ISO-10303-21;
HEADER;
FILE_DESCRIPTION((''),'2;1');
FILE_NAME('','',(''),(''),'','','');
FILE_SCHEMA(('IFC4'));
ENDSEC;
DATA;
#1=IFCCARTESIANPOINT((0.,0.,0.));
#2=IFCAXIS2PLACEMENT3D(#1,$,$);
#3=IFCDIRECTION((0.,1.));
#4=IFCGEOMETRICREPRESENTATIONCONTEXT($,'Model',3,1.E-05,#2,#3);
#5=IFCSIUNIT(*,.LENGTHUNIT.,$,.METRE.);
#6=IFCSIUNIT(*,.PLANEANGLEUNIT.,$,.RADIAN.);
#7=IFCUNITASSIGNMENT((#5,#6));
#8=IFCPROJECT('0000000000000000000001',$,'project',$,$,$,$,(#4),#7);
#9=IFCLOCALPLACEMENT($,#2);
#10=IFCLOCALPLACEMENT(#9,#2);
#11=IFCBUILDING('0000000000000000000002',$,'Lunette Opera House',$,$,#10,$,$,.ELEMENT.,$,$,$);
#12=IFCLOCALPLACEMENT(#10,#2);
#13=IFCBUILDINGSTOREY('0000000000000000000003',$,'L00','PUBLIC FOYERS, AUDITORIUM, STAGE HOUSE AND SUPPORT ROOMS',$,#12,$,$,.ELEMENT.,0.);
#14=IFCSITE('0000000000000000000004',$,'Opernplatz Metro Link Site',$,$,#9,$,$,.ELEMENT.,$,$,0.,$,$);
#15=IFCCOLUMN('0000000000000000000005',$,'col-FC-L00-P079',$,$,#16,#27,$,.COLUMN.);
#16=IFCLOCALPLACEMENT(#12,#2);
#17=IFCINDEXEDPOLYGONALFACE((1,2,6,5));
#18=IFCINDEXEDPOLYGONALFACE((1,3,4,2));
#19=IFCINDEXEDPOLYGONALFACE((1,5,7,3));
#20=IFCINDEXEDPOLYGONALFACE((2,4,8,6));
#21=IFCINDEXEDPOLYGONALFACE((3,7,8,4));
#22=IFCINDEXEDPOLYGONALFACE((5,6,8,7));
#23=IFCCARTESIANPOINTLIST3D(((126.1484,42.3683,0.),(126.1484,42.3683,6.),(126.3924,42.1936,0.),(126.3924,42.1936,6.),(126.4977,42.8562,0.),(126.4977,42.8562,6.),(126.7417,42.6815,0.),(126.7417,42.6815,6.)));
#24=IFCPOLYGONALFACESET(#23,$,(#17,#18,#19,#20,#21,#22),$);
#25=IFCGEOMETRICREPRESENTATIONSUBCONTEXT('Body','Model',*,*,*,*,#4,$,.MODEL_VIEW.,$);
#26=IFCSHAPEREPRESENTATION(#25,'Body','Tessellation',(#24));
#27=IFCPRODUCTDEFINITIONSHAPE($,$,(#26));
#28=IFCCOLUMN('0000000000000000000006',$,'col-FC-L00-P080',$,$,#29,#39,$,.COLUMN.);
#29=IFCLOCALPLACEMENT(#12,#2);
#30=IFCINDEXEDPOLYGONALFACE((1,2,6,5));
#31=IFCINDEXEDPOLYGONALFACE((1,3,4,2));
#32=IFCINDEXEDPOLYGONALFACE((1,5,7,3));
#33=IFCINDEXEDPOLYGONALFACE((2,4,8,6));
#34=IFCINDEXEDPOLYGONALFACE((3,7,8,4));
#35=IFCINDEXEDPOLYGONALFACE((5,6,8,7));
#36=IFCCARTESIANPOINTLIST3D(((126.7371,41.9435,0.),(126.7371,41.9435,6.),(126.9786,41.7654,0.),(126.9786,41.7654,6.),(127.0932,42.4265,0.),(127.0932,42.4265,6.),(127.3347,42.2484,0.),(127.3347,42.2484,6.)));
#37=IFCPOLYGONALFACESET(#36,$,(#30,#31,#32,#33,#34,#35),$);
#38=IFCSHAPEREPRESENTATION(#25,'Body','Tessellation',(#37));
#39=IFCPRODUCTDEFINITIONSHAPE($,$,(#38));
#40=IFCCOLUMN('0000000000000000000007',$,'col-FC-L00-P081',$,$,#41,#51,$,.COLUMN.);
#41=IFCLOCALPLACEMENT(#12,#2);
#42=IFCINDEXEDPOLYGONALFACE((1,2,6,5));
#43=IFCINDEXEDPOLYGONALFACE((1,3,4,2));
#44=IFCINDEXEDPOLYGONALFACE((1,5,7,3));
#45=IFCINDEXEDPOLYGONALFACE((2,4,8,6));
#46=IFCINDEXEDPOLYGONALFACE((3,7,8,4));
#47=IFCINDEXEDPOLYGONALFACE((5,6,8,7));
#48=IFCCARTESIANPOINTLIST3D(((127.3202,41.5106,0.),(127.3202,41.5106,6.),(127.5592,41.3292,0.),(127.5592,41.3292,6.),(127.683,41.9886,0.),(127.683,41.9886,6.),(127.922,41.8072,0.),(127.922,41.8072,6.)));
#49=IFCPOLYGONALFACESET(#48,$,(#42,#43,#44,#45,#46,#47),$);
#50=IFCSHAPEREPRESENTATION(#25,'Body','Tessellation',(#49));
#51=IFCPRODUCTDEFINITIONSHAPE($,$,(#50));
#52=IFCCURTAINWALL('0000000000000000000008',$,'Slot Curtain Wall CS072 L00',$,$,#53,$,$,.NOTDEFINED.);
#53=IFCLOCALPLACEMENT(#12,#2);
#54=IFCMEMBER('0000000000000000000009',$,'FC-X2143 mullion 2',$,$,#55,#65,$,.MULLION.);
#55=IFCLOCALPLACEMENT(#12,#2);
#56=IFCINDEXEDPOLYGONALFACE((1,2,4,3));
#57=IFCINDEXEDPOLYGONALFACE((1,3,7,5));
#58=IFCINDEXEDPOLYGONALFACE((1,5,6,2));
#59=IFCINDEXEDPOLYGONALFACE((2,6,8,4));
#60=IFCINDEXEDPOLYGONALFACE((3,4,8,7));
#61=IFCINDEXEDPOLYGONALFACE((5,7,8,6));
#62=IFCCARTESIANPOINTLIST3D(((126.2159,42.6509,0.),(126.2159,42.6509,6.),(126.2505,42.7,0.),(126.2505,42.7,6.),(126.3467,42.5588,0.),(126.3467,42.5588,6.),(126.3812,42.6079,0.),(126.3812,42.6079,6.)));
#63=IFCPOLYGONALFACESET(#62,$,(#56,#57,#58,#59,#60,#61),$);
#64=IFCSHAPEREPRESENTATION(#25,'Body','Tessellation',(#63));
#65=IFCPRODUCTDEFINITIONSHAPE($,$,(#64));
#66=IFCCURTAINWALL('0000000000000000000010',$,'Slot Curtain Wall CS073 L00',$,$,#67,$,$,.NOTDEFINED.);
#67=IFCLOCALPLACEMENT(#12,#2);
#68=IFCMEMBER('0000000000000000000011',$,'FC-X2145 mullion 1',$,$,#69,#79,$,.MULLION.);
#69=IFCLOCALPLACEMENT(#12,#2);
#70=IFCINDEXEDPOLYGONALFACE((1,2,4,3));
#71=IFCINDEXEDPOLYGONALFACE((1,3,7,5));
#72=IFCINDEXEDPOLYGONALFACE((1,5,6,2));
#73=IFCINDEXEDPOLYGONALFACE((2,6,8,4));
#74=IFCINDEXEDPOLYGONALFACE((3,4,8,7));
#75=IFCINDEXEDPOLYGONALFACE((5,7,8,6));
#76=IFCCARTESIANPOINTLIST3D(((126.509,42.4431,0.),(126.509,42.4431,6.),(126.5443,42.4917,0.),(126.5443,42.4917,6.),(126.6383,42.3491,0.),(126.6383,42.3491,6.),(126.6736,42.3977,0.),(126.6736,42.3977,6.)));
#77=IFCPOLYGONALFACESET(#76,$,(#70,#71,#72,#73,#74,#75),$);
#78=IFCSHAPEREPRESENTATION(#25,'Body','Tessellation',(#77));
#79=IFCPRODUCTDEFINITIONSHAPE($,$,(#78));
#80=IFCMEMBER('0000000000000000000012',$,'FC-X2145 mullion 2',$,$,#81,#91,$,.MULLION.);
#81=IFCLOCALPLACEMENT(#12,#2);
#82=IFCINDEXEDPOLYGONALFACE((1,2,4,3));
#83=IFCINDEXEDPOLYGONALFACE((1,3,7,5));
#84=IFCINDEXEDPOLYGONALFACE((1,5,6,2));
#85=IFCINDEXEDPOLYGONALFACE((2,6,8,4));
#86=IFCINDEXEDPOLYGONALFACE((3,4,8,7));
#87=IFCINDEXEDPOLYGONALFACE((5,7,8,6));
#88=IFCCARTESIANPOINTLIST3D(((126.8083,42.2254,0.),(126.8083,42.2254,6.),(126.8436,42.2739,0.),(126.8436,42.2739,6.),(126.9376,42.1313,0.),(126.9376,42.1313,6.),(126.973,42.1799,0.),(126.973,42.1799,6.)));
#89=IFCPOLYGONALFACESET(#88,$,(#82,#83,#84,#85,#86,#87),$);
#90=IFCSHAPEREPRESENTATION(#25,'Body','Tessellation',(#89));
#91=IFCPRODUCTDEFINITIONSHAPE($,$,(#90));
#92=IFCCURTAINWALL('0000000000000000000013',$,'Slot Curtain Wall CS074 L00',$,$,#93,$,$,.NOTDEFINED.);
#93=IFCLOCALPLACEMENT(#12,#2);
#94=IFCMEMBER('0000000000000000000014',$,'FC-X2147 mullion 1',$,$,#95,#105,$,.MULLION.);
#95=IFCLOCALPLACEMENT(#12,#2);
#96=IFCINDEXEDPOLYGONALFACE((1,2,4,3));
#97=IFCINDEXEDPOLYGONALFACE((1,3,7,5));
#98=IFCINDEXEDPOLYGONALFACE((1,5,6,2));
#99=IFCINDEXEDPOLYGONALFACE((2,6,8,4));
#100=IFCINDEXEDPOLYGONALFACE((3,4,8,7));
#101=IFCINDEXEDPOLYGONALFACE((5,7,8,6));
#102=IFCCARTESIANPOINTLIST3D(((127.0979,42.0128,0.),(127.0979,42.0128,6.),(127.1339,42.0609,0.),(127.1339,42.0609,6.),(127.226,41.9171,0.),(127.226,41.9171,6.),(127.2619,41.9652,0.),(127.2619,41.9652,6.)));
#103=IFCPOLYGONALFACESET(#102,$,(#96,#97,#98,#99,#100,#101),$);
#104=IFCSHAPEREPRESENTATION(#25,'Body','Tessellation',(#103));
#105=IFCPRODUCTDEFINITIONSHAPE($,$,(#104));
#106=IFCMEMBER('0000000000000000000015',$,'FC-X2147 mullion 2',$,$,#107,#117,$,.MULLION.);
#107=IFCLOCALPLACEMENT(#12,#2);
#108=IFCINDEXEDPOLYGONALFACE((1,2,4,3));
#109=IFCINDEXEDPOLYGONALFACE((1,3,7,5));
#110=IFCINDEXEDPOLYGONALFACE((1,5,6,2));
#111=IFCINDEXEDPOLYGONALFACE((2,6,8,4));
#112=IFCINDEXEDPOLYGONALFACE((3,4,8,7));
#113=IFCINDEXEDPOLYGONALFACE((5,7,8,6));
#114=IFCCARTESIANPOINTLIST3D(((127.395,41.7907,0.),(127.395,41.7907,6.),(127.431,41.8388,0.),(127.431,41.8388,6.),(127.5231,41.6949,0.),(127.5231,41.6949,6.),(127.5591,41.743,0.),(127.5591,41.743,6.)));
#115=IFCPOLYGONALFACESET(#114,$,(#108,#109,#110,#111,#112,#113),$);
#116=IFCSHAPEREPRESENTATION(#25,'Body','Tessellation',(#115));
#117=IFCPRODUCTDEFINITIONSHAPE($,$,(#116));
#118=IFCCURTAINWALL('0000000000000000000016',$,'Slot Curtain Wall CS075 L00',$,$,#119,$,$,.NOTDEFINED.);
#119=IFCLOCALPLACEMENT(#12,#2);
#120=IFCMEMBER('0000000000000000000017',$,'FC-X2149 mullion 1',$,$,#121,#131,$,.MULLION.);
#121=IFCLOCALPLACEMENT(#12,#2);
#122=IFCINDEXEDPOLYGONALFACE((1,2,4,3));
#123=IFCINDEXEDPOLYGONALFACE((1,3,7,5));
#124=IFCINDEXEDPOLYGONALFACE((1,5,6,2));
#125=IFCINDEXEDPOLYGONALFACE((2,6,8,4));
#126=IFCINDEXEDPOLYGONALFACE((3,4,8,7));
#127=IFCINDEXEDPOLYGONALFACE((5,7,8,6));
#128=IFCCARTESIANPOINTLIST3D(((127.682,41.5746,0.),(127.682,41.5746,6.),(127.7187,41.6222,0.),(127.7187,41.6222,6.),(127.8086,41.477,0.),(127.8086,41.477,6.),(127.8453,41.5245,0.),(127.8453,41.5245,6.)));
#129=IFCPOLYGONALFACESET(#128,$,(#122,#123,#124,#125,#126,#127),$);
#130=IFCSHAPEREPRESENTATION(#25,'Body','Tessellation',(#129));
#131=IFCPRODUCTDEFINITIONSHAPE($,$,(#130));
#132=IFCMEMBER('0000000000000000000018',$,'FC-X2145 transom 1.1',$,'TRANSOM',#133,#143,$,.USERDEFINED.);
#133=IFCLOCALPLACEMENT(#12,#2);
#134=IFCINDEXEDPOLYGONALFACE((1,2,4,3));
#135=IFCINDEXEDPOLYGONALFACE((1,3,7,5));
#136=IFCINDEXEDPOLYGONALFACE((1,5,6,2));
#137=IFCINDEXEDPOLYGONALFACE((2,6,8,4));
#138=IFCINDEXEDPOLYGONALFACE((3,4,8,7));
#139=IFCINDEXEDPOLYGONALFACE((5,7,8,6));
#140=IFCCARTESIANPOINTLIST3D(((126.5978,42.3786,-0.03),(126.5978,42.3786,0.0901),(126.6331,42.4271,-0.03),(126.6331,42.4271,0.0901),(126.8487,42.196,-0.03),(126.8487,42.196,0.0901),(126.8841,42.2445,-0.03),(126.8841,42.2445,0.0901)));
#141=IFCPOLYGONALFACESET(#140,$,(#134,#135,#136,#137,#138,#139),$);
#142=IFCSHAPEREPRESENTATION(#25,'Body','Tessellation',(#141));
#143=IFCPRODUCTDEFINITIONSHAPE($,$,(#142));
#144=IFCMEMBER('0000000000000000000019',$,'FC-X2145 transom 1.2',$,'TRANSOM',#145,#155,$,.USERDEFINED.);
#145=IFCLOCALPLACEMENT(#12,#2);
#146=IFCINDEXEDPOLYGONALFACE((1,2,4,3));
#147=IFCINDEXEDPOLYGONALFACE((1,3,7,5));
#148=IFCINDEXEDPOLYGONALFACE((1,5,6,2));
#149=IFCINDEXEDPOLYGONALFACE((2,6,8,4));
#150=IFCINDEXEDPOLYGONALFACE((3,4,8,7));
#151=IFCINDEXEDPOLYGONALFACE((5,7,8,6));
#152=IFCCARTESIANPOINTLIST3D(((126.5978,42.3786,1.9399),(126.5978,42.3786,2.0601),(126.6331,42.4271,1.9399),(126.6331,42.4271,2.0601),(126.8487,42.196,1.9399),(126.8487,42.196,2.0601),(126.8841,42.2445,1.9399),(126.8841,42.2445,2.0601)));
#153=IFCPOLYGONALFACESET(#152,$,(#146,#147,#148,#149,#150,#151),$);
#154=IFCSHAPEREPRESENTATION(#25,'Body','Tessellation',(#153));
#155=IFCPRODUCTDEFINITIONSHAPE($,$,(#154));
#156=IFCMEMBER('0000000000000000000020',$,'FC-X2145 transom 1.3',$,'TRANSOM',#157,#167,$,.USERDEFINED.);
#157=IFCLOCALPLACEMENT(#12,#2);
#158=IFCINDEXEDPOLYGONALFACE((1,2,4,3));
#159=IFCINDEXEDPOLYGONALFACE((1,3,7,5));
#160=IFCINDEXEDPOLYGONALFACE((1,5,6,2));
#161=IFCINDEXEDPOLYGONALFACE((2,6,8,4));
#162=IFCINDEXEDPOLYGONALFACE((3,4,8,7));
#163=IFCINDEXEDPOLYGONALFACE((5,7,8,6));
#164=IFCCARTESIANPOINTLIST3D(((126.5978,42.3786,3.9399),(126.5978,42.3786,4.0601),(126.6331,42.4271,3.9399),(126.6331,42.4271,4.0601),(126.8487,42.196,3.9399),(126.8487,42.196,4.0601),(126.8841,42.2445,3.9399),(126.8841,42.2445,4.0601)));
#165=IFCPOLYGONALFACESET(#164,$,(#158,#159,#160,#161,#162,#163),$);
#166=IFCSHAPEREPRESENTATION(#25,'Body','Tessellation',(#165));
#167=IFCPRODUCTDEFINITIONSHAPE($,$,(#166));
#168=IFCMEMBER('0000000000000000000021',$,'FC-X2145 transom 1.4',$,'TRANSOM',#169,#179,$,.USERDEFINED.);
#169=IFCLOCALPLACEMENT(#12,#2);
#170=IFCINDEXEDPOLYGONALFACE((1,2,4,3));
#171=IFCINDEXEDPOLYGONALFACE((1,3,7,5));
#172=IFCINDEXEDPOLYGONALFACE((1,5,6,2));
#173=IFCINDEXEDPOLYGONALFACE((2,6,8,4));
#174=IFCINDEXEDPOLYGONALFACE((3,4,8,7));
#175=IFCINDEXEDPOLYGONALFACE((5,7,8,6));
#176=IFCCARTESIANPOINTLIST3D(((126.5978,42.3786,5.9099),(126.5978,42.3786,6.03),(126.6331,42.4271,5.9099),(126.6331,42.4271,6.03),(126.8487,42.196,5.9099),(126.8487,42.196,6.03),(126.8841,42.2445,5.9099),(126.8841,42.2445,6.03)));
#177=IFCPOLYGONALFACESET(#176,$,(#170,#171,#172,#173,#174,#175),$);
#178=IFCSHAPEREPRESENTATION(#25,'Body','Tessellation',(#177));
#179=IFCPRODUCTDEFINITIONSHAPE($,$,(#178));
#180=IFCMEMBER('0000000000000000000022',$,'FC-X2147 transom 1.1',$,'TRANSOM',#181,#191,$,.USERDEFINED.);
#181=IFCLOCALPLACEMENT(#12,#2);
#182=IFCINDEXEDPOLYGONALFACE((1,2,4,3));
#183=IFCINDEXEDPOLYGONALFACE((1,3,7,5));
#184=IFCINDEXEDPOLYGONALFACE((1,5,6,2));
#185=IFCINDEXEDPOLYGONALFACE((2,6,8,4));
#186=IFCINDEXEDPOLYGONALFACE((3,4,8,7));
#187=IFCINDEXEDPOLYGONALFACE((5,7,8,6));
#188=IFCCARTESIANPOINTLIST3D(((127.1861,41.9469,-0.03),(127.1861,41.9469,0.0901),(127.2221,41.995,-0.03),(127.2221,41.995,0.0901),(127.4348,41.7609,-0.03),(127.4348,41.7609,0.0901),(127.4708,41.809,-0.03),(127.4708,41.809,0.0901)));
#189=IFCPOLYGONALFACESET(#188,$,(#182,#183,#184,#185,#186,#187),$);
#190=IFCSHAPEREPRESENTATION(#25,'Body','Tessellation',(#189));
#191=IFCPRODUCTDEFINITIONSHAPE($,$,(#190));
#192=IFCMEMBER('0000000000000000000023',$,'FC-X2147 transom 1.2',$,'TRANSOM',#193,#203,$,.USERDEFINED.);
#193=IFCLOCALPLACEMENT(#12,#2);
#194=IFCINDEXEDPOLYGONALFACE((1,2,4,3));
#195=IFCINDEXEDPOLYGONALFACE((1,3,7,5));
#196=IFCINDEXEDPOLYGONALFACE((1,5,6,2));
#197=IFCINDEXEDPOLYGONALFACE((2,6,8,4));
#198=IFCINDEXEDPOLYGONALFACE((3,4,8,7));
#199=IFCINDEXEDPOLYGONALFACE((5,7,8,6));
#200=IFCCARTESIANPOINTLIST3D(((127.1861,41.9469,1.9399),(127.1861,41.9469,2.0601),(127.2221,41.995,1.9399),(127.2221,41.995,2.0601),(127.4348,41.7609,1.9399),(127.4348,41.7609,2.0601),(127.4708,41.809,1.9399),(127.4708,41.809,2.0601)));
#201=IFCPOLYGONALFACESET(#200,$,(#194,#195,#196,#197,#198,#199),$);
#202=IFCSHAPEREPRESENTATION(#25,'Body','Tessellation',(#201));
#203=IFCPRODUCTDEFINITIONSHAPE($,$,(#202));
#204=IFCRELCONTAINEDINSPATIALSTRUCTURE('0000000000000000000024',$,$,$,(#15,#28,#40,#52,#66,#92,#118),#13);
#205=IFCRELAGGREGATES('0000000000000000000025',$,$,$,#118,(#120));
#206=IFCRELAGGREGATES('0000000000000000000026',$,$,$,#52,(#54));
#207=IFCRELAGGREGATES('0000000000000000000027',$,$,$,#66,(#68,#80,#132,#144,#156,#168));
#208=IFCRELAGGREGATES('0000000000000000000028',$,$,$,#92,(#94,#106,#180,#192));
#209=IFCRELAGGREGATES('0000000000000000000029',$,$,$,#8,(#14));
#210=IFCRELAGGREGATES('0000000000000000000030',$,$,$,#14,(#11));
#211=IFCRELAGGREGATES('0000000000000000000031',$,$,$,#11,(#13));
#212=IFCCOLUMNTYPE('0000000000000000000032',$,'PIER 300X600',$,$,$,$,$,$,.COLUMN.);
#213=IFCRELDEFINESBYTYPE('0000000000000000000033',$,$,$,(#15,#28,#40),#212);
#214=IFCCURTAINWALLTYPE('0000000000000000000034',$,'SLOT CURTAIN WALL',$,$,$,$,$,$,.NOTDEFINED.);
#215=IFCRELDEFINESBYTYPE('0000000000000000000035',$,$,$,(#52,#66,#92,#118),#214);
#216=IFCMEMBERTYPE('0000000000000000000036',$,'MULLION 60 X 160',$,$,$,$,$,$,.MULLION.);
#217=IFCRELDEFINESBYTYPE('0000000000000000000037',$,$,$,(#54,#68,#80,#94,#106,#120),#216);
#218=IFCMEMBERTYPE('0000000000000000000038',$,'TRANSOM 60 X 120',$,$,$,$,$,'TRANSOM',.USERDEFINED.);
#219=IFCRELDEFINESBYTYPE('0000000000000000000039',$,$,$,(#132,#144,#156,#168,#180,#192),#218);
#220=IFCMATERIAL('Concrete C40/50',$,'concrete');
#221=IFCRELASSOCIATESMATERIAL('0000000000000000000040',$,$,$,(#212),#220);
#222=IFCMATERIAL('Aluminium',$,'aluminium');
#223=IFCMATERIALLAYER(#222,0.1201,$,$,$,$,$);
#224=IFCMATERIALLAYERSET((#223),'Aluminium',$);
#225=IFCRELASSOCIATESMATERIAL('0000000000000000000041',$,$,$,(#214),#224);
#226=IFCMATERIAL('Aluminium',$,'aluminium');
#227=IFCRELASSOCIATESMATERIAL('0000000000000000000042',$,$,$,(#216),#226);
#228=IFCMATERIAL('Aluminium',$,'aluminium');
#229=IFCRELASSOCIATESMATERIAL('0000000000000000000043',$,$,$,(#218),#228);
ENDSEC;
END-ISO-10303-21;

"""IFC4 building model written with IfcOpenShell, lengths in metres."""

from ifc_helpers import new_model, si_unit, direction, frame, origin, origin_2d, place, context, subcontext, project, spatial, rectangle, extrude, material, layer, layer_set, material_profile, profile_set, type_object, element, aggregate, save


model = new_model("IFC4")

# Units and contexts
model_context = context("Model", 3, precision=1e-05, world=origin(), true_north=direction((0.0, 1.0)))
body_context = subcontext(model_context, "Body", "Model", "MODEL_VIEW")
ifc_project = project(units=[si_unit("LENGTHUNIT", "METRE"), si_unit("PLANEANGLEUNIT", "RADIAN")], contexts=[model_context])

# Site, building, storey
site_placement = place(None, origin())
site = spatial("IfcSite", under=ifc_project, at=site_placement, Name="Opernplatz Metro Link Site", CompositionType="ELEMENT", RefElevation=0.0)
building_placement = place(site_placement, origin())
building = spatial("IfcBuilding", under=site, at=building_placement, Name="Lunette Opera House", CompositionType="ELEMENT")
storey_placement = place(building_placement, origin())
storey = spatial("IfcBuildingStorey", under=building, at=storey_placement, Name="L00", Description="PUBLIC FOYERS, AUDITORIUM, STAGE HOUSE AND SUPPORT ROOMS", CompositionType="ELEMENT", Elevation=0.0)

# Columns
ifc_material_1 = material(Name="Concrete C40/50", Category="concrete")
ifc_material_profile_1 = material_profile(ifc_material_1, rectangle(XDim=0.3, YDim=0.6001, at=origin_2d()), Name="PIER 300X600")
ifc_profile_set_1 = profile_set([ifc_material_profile_1], Name="Concrete C40/50")
column_type = type_object("IfcColumnType", Name="PIER 300X600", PredefinedType="COLUMN", material=ifc_profile_set_1)
for number, where, z_axis, x_axis, name in (
    (1, (126.4451, 42.5249, 0.0), (0.0, 0.0, 1.0), (0.813101, -0.582123, 0.0), "col-FC-L00-P079"),
    (2, (127.0359, 42.0959, 0.0), (0.0, 0.0, 1.0), (0.804894, -0.593419, 0.0), "col-FC-L00-P080"),
    (3, (127.6211, 41.6589, 0.0), (0.0, 0.0, 1.0), (0.79653, -0.604599, 0.0), "col-FC-L00-P081"),
):
    element("IfcColumn", number, at=place(storey_placement, frame(where, z_axis=z_axis, x_axis=x_axis)), inside=storey, type_object=column_type, Name=name, PredefinedType="COLUMN", context=body_context, shape_type="SweptSolid", body=[
        extrude(rectangle(XDim=0.3, YDim=0.6001, at=origin_2d()), origin(), (0.0, 0.0, 1.0), 6.0),
    ])

# Curtain wall, member
ifc_material_2 = material(Name="Aluminium", Category="aluminium")
ifc_layer_1 = layer(ifc_material_2, 0.1201)
ifc_layer_set_1 = layer_set([ifc_layer_1], Name="Aluminium")
curtain_wall_type = type_object("IfcCurtainWallType", Name="SLOT CURTAIN WALL", PredefinedType="NOTDEFINED", material=ifc_layer_set_1)
curtain_wall_1_placement = place(storey_placement, origin())
curtain_wall_1 = element("IfcCurtainWall", 4, at=curtain_wall_1_placement, inside=storey, type_object=curtain_wall_type, Name="Slot Curtain Wall CS072 L00", PredefinedType="NOTDEFINED")
ifc_material_3 = material(Name="Aluminium", Category="aluminium")
ifc_material_profile_2 = material_profile(ifc_material_3, rectangle(XDim=0.0601, YDim=0.1599, at=origin_2d()), Name="MULLION 60 X 160")
ifc_profile_set_2 = profile_set([ifc_material_profile_2], Name="Aluminium")
member_type_1 = type_object("IfcMemberType", Name="MULLION 60 X 160", PredefinedType="MULLION", material=ifc_profile_set_2)
member_1_placement = place(storey_placement, frame((126.2986, 42.6294, 0.0), z_axis=(0.0, 0.0, 1.0), x_axis=(0.575954, 0.817482, 0.0)))
member_1 = element("IfcMember", 5, at=member_1_placement, type_object=member_type_1, Name="FC-X2143 mullion 2", PredefinedType="MULLION", context=body_context, shape_type="SweptSolid", body=[
    extrude(rectangle(XDim=0.0601, YDim=0.1599, at=origin_2d()), origin(), (0.0, 0.0, 1.0), 6.0),
])

# Curtain walls, members
curtain_wall_2_placement = place(storey_placement, origin())
curtain_wall_2 = element("IfcCurtainWall", 6, at=curtain_wall_2_placement, inside=storey, type_object=curtain_wall_type, Name="Slot Curtain Wall CS073 L00", PredefinedType="NOTDEFINED")
member_2_placement = place(storey_placement, frame((126.5913, 42.4204, 0.0), z_axis=(0.0, 0.0, 1.0), x_axis=(0.588033, 0.808837, 0.0)))
member_2 = element("IfcMember", 7, at=member_2_placement, type_object=member_type_1, Name="FC-X2145 mullion 1", PredefinedType="MULLION", context=body_context, shape_type="SweptSolid", body=[
    extrude(rectangle(XDim=0.0601, YDim=0.1599, at=origin_2d()), origin(), (0.0, 0.0, 1.0), 6.0),
])
member_3_placement = place(storey_placement, frame((126.8906, 42.2026, 0.0), z_axis=(0.0, 0.0, 1.0), x_axis=(0.588033, 0.808837, 0.0)))
member_3 = element("IfcMember", 8, at=member_3_placement, type_object=member_type_1, Name="FC-X2145 mullion 2", PredefinedType="MULLION", context=body_context, shape_type="SweptSolid", body=[
    extrude(rectangle(XDim=0.0601, YDim=0.1599, at=origin_2d()), origin(), (0.0, 0.0, 1.0), 6.0),
])
curtain_wall_3_placement = place(storey_placement, origin())
curtain_wall_3 = element("IfcCurtainWall", 9, at=curtain_wall_3_placement, inside=storey, type_object=curtain_wall_type, Name="Slot Curtain Wall CS074 L00", PredefinedType="NOTDEFINED")
member_4_placement = place(storey_placement, frame((127.1799, 41.989, 0.0), z_axis=(0.0, 0.0, 1.0), x_axis=(0.598885, 0.800835, 0.0)))
member_4 = element("IfcMember", 10, at=member_4_placement, type_object=member_type_1, Name="FC-X2147 mullion 1", PredefinedType="MULLION", context=body_context, shape_type="SweptSolid", body=[
    extrude(rectangle(XDim=0.0601, YDim=0.1599, at=origin_2d()), origin(), (0.0, 0.0, 1.0), 6.0),
])
member_5_placement = place(storey_placement, frame((127.4771, 41.7668, 0.0), z_axis=(0.0, 0.0, 1.0), x_axis=(0.598885, 0.800835, 0.0)))
member_5 = element("IfcMember", 11, at=member_5_placement, type_object=member_type_1, Name="FC-X2147 mullion 2", PredefinedType="MULLION", context=body_context, shape_type="SweptSolid", body=[
    extrude(rectangle(XDim=0.0601, YDim=0.1599, at=origin_2d()), origin(), (0.0, 0.0, 1.0), 6.0),
])

# Curtain wall, member
curtain_wall_4_placement = place(storey_placement, origin())
curtain_wall_4 = element("IfcCurtainWall", 12, at=curtain_wall_4_placement, inside=storey, type_object=curtain_wall_type, Name="Slot Curtain Wall CS075 L00", PredefinedType="NOTDEFINED")
member_6_placement = place(storey_placement, frame((127.7637, 41.5496, 0.0), z_axis=(0.0, 0.0, 1.0), x_axis=(0.61072, 0.791846, 0.0)))
member_6 = element("IfcMember", 13, at=member_6_placement, type_object=member_type_1, Name="FC-X2149 mullion 1", PredefinedType="MULLION", context=body_context, shape_type="SweptSolid", body=[
    extrude(rectangle(XDim=0.0601, YDim=0.1599, at=origin_2d()), origin(), (0.0, 0.0, 1.0), 6.0),
])
aggregate(curtain_wall_4, [member_6])

# Members
ifc_material_4 = material(Name="Aluminium", Category="aluminium")
ifc_material_profile_3 = material_profile(ifc_material_4, rectangle(XDim=0.0601, YDim=0.1201, at=origin_2d()), Name="TRANSOM 60 X 120")
ifc_profile_set_3 = profile_set([ifc_material_profile_3], Name="Aluminium")
member_type_2 = type_object("IfcMemberType", Name="TRANSOM 60 X 120", ElementType="TRANSOM", PredefinedType="USERDEFINED", material=ifc_profile_set_3)
member_7_placement = place(storey_placement, frame((126.6155, 42.4028, 0.03), z_axis=(0.8086, -0.588359, 0.0), x_axis=(0.588359, 0.8086, 0.0)))
member_7 = element("IfcMember", 14, at=member_7_placement, type_object=member_type_2, Name="FC-X2145 transom 1.1", ObjectType="TRANSOM", PredefinedType="USERDEFINED", context=body_context, shape_type="SweptSolid", body=[
    extrude(rectangle(XDim=0.0601, YDim=0.1201, at=origin_2d()), origin(), (0.0, 0.0, 1.0), 0.3103),
])
member_8_placement = place(storey_placement, frame((126.6155, 42.4028, 2.0), z_axis=(0.8086, -0.588359, 0.0), x_axis=(0.588359, 0.8086, 0.0)))
member_8 = element("IfcMember", 15, at=member_8_placement, type_object=member_type_2, Name="FC-X2145 transom 1.2", ObjectType="TRANSOM", PredefinedType="USERDEFINED", context=body_context, shape_type="SweptSolid", body=[
    extrude(rectangle(XDim=0.0601, YDim=0.1201, at=origin_2d()), origin(), (0.0, 0.0, 1.0), 0.3103),
])
member_9_placement = place(storey_placement, frame((126.6155, 42.4028, 4.0), z_axis=(0.8086, -0.588359, 0.0), x_axis=(0.588359, 0.8086, 0.0)))
member_9 = element("IfcMember", 16, at=member_9_placement, type_object=member_type_2, Name="FC-X2145 transom 1.3", ObjectType="TRANSOM", PredefinedType="USERDEFINED", context=body_context, shape_type="SweptSolid", body=[
    extrude(rectangle(XDim=0.0601, YDim=0.1201, at=origin_2d()), origin(), (0.0, 0.0, 1.0), 0.3103),
])
member_10_placement = place(storey_placement, frame((126.6155, 42.4028, 5.97), z_axis=(0.8086, -0.588359, 0.0), x_axis=(0.588359, 0.8086, 0.0)))
member_10 = element("IfcMember", 17, at=member_10_placement, type_object=member_type_2, Name="FC-X2145 transom 1.4", ObjectType="TRANSOM", PredefinedType="USERDEFINED", context=body_context, shape_type="SweptSolid", body=[
    extrude(rectangle(XDim=0.0601, YDim=0.1201, at=origin_2d()), origin(), (0.0, 0.0, 1.0), 0.3103),
])
member_11_placement = place(storey_placement, frame((127.2041, 41.9709, 0.03), z_axis=(0.800848, -0.598868, 0.0), x_axis=(0.598868, 0.800848, 0.0)))
member_11 = element("IfcMember", 18, at=member_11_placement, type_object=member_type_2, Name="FC-X2147 transom 1.1", ObjectType="TRANSOM", PredefinedType="USERDEFINED", context=body_context, shape_type="SweptSolid", body=[
    extrude(rectangle(XDim=0.0601, YDim=0.1201, at=origin_2d()), origin(), (0.0, 0.0, 1.0), 0.3105),
])
member_12_placement = place(storey_placement, frame((127.2041, 41.9709, 2.0), z_axis=(0.800848, -0.598868, 0.0), x_axis=(0.598868, 0.800848, 0.0)))
member_12 = element("IfcMember", 19, at=member_12_placement, type_object=member_type_2, Name="FC-X2147 transom 1.2", ObjectType="TRANSOM", PredefinedType="USERDEFINED", context=body_context, shape_type="SweptSolid", body=[
    extrude(rectangle(XDim=0.0601, YDim=0.1201, at=origin_2d()), origin(), (0.0, 0.0, 1.0), 0.3105),
])

aggregate(curtain_wall_1, [member_1])
aggregate(curtain_wall_2, [member_2, member_3, member_7, member_8, member_9, member_10])
aggregate(curtain_wall_3, [member_4, member_5, member_11, member_12])

save(model, "model.ifc")
